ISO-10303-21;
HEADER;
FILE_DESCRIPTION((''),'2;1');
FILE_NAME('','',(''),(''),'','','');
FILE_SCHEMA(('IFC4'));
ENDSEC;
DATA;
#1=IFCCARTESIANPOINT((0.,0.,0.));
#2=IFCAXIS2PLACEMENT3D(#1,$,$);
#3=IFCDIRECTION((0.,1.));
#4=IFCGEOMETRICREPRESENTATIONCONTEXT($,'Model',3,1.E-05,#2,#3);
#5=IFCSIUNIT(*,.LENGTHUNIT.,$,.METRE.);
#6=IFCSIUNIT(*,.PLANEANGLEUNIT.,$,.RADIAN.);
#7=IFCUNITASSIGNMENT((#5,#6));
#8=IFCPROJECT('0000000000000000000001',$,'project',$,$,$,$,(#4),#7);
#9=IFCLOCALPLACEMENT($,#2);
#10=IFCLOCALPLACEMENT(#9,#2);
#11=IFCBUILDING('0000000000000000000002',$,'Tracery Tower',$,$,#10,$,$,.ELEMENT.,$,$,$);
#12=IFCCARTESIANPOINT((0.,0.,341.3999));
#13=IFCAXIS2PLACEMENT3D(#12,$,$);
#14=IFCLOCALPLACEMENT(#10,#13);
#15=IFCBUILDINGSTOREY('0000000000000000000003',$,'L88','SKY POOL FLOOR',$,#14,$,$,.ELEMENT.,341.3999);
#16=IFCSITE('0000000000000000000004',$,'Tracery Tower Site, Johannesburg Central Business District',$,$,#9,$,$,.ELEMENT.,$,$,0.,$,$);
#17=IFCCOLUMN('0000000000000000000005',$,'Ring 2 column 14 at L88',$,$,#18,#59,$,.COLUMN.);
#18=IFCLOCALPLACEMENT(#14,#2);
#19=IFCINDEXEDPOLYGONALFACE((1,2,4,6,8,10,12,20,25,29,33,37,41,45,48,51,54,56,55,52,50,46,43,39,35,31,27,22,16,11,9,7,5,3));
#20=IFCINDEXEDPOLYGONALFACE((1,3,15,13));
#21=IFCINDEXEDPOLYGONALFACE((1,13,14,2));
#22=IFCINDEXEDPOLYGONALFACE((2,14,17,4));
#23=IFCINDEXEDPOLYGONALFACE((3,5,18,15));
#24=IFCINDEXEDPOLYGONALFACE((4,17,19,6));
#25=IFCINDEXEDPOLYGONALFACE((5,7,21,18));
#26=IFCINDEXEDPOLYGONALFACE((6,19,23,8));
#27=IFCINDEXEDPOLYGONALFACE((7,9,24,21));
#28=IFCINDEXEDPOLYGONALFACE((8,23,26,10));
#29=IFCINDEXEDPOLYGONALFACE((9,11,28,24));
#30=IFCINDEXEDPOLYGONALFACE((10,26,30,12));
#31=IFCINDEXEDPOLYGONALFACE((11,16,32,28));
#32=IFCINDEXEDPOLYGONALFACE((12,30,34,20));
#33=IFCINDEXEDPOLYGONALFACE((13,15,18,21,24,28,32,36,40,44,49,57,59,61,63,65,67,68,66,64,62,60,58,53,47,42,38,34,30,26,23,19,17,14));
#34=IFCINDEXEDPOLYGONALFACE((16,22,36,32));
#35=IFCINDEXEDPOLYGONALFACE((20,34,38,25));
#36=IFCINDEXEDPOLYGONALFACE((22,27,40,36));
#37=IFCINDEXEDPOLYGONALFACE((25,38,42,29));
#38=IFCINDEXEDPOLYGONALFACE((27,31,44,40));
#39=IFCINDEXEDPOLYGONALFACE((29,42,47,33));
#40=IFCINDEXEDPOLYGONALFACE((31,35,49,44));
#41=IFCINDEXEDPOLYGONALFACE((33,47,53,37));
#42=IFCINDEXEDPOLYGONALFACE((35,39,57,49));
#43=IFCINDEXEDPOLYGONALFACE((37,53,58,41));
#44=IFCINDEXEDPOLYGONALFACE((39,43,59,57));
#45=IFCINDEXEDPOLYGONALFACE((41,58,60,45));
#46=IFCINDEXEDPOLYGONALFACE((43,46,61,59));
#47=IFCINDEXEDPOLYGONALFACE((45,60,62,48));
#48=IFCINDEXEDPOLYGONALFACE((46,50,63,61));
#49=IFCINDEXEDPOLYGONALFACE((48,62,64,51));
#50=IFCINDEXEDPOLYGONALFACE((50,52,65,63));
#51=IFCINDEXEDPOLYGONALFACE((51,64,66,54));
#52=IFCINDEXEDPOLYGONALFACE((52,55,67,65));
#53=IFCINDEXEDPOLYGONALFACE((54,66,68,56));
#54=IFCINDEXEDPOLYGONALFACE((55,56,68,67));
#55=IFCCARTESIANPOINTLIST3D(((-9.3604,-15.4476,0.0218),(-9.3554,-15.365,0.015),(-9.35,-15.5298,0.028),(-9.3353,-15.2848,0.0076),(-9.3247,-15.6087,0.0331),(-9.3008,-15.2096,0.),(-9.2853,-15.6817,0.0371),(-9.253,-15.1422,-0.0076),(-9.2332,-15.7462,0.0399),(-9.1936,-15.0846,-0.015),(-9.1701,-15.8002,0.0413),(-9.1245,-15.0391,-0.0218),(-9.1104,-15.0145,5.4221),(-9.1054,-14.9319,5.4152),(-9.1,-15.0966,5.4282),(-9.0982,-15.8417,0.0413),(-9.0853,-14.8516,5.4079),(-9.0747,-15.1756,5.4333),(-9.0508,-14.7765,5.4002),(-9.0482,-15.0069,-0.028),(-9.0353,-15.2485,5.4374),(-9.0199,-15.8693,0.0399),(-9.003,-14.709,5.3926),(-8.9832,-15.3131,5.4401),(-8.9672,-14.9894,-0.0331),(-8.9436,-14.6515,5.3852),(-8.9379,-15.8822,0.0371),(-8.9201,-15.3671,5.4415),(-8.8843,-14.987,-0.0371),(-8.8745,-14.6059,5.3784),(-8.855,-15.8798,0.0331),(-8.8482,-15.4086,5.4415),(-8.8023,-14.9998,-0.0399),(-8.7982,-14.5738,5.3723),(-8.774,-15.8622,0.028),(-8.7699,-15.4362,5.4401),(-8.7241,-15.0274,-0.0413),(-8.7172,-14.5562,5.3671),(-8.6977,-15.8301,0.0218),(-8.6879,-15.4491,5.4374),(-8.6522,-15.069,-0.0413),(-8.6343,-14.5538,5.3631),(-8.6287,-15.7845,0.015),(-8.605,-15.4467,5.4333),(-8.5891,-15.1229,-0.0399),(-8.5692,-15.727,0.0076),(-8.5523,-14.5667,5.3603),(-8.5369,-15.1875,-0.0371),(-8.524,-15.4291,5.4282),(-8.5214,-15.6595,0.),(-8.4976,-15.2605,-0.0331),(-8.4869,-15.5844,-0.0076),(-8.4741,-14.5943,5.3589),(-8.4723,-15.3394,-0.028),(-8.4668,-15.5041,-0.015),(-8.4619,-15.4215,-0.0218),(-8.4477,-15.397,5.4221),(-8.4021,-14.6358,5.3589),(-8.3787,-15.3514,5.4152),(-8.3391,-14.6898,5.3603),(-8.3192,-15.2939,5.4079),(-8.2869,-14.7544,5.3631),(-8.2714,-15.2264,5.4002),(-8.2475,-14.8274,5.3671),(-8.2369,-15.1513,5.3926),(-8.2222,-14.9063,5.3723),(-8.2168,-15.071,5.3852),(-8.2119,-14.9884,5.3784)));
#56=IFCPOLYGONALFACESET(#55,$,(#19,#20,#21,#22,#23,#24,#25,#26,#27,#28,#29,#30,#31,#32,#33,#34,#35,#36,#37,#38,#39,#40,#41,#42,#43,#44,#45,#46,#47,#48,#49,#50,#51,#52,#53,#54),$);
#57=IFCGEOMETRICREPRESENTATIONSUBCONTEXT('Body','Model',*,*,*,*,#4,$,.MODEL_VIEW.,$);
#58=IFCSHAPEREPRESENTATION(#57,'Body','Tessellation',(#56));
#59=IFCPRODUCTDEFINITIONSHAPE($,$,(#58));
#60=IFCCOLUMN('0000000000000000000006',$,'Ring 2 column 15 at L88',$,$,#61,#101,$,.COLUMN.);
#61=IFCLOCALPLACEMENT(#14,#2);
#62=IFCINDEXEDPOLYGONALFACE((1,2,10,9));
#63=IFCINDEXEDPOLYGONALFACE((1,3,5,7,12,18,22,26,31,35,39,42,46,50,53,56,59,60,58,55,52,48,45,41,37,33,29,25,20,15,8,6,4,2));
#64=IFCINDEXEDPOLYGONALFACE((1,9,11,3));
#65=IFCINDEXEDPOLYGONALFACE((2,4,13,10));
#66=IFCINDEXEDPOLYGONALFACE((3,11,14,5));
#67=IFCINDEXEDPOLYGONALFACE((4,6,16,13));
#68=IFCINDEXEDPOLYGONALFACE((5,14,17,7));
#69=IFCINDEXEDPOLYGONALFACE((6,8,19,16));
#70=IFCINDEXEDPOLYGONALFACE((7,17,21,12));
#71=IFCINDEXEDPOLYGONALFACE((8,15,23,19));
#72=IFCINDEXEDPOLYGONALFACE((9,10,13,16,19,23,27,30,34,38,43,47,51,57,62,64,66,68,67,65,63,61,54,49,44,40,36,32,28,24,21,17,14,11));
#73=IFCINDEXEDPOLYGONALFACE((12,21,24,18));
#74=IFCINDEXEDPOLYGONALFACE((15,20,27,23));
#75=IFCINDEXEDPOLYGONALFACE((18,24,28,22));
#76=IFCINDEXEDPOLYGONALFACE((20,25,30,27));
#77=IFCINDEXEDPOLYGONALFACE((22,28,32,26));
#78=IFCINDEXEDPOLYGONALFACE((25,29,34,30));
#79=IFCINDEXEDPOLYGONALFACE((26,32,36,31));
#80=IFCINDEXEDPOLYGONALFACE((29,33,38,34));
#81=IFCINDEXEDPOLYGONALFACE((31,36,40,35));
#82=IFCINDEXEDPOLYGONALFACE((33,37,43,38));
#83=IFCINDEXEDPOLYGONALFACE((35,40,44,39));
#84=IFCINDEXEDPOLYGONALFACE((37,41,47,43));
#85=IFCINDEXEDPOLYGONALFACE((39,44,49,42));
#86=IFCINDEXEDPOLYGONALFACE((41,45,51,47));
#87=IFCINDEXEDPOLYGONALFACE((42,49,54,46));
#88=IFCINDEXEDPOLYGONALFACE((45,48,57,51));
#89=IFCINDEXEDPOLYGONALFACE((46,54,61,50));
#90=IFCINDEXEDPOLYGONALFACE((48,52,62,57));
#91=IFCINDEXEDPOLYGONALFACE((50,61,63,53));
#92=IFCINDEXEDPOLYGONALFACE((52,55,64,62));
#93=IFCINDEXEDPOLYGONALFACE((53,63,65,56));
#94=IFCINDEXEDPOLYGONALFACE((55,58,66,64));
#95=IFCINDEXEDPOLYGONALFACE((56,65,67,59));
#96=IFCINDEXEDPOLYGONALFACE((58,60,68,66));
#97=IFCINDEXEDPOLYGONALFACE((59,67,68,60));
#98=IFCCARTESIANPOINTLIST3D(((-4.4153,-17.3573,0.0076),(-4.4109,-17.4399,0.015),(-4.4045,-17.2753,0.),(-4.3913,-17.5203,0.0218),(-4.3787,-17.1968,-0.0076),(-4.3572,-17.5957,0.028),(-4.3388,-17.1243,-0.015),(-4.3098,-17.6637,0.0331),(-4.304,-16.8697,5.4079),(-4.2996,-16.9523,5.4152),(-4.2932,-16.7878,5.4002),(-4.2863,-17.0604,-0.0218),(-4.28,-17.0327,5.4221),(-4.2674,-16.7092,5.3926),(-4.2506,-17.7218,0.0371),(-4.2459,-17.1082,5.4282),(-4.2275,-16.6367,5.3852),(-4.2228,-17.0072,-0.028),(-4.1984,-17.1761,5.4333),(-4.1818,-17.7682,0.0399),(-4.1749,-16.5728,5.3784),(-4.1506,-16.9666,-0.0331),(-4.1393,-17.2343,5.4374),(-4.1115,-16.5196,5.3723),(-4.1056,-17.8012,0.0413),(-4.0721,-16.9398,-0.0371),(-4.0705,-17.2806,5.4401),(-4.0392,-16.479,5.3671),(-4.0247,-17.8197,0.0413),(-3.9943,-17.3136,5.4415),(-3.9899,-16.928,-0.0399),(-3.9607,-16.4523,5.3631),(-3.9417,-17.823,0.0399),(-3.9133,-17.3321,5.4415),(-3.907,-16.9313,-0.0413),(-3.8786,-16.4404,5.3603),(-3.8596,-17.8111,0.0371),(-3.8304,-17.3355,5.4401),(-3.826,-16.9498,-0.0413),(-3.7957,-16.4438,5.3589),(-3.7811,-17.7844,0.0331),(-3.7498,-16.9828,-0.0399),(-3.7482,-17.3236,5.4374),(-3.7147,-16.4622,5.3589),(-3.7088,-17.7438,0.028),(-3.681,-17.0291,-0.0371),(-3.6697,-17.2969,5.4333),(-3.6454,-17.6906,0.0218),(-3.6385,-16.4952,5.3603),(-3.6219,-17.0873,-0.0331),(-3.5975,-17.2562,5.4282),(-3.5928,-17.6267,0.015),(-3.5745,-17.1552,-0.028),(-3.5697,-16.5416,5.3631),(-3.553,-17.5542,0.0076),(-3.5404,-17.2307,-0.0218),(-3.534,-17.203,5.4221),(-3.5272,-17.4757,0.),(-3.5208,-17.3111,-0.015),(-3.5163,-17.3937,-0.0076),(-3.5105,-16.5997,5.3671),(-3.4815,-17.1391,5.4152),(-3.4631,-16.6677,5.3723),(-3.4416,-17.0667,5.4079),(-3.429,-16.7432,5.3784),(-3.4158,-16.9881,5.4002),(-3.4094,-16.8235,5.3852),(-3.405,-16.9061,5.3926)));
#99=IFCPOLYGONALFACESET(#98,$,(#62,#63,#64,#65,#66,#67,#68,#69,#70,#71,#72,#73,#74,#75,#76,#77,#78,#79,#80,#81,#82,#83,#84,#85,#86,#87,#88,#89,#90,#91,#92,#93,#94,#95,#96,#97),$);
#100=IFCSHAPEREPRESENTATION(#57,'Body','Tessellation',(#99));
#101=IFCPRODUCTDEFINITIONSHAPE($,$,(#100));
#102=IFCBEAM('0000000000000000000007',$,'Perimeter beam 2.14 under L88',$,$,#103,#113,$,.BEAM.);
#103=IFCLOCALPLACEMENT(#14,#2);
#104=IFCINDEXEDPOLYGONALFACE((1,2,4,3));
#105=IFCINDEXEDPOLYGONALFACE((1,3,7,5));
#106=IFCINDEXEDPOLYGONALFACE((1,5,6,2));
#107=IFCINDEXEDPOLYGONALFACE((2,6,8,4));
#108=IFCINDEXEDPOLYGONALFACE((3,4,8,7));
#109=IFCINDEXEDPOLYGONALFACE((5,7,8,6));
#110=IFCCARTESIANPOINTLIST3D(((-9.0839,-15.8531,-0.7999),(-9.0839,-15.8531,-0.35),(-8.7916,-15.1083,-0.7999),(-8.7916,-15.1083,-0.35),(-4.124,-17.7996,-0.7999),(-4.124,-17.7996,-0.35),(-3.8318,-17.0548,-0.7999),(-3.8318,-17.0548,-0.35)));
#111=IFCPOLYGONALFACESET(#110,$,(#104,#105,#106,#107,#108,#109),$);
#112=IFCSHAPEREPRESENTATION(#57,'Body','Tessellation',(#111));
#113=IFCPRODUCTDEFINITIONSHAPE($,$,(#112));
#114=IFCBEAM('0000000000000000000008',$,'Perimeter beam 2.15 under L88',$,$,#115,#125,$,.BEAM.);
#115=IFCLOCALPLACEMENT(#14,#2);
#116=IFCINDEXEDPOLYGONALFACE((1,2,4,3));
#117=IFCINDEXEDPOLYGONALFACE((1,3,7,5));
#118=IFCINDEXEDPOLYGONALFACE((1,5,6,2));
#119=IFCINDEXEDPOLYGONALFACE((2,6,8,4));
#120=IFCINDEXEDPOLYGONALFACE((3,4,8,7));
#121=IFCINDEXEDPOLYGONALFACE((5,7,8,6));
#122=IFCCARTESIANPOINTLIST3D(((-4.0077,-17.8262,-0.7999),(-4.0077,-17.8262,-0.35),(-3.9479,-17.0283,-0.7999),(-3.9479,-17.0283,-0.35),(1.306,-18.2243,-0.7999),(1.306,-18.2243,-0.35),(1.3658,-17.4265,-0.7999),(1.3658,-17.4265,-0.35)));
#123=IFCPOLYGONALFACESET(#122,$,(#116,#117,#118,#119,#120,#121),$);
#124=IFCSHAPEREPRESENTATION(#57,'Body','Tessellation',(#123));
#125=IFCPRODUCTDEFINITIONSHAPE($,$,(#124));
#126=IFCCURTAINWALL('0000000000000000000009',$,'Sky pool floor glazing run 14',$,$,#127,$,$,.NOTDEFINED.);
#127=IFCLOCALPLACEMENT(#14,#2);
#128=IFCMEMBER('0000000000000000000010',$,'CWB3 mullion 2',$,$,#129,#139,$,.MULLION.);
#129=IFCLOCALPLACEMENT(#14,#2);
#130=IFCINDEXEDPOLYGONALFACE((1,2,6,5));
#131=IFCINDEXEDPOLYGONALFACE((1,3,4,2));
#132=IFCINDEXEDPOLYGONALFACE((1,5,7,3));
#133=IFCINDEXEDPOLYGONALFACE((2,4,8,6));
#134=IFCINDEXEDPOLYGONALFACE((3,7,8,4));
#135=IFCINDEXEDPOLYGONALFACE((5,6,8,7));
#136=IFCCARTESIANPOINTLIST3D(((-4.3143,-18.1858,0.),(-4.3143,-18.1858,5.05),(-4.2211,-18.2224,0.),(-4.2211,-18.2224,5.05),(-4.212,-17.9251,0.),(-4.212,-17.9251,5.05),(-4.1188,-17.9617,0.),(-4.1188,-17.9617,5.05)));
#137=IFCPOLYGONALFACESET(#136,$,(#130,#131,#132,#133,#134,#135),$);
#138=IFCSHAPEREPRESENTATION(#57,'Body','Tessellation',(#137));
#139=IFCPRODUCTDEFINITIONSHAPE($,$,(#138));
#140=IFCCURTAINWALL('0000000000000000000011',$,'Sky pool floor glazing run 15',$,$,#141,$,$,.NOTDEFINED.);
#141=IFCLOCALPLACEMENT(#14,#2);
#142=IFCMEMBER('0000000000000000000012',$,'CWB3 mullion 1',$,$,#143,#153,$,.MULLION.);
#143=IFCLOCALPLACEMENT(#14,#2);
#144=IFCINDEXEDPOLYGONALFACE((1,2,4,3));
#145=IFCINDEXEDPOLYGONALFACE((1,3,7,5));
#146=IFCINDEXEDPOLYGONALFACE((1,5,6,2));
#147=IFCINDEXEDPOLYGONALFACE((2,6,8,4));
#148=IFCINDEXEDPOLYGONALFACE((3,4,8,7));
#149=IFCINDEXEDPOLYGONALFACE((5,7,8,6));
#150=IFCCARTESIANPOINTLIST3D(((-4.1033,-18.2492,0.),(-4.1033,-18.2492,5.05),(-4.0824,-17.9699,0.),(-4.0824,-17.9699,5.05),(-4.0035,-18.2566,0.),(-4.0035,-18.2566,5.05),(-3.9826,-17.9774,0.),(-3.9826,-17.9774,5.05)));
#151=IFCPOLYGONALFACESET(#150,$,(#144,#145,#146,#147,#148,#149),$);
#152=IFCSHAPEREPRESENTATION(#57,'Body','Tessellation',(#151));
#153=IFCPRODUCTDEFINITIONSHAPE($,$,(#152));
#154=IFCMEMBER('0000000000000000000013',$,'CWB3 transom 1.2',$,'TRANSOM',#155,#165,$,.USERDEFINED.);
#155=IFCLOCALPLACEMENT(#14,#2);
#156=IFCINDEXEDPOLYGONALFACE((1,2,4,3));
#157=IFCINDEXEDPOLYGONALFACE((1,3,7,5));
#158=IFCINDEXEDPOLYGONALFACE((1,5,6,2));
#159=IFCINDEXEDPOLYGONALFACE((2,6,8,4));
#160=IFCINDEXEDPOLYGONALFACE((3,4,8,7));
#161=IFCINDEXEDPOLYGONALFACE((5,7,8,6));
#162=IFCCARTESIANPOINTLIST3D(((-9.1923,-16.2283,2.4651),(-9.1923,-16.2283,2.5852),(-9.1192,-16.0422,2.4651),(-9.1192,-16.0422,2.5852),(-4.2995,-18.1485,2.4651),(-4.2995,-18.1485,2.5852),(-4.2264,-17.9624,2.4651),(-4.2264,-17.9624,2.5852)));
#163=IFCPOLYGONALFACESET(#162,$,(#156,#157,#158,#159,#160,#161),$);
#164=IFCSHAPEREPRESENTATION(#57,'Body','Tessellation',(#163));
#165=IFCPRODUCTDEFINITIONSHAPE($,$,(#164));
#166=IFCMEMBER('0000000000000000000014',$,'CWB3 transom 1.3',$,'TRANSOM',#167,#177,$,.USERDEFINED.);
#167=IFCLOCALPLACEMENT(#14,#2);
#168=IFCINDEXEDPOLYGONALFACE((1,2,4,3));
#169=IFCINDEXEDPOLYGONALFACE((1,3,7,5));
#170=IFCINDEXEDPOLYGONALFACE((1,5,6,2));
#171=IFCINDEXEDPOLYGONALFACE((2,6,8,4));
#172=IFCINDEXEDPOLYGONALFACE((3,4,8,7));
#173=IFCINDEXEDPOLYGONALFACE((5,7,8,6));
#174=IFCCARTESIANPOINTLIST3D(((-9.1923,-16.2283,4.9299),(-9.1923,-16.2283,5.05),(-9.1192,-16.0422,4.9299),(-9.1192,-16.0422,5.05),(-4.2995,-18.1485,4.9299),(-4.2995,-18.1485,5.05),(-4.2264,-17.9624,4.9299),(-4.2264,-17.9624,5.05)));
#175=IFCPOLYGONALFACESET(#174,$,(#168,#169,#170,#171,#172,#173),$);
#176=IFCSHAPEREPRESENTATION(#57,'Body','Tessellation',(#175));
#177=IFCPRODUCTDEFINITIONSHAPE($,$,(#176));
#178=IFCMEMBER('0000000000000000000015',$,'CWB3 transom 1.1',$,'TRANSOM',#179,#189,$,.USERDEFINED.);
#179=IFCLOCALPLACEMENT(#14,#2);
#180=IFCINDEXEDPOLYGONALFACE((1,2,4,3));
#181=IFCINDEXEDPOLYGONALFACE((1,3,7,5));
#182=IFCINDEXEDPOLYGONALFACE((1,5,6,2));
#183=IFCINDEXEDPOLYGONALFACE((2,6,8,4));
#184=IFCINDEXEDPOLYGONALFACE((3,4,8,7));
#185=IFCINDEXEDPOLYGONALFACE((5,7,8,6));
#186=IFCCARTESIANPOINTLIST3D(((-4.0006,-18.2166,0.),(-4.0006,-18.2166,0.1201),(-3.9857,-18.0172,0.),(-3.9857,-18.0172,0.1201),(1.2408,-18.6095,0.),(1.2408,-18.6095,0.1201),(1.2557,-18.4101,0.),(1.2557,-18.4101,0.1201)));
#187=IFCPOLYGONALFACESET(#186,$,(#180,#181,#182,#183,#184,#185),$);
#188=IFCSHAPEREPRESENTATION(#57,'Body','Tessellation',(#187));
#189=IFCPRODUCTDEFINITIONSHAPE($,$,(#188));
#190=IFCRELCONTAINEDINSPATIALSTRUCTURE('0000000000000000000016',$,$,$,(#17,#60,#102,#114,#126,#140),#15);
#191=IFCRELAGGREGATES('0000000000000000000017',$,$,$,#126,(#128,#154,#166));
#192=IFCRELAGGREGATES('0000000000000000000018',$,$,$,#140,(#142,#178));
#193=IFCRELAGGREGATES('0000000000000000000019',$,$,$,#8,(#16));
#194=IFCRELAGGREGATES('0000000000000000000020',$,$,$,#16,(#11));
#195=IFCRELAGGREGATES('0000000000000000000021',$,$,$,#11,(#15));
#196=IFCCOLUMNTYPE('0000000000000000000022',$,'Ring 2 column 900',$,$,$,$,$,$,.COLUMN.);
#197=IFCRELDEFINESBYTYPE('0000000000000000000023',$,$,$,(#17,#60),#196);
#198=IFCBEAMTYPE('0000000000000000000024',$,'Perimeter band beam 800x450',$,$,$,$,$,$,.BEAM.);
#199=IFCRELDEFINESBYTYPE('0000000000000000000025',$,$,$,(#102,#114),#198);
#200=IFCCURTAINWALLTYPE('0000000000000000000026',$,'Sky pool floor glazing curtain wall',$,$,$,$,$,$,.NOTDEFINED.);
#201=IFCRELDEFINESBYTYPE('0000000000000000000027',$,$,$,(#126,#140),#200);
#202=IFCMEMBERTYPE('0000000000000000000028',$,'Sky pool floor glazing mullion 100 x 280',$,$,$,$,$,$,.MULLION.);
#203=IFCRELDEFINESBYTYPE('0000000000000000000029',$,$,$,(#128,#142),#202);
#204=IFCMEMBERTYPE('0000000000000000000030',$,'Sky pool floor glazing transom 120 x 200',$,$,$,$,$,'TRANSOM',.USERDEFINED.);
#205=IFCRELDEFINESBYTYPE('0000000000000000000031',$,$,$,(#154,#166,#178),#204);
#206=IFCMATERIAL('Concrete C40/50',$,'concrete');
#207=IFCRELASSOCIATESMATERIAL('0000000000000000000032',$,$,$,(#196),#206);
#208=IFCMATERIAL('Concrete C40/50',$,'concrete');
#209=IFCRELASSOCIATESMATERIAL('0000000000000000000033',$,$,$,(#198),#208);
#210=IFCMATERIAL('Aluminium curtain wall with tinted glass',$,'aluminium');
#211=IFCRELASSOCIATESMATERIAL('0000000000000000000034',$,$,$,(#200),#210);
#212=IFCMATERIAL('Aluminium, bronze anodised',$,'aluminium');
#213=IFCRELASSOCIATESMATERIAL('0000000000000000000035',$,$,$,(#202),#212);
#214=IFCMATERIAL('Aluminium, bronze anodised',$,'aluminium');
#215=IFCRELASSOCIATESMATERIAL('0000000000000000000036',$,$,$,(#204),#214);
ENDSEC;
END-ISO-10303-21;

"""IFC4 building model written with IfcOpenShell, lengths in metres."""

from ifc_helpers import new_model, si_unit, direction, frame, origin, origin_2d, place, context, subcontext, project, spatial, rectangle, circle, extrude, material, material_profile, profile_set, type_object, element, aggregate, save


model = new_model("IFC4")

# Units and contexts
model_context = context("Model", 3, precision=1e-05, world=origin(), true_north=direction((0.0, 1.0)))
body_context = subcontext(model_context, "Body", "Model", "MODEL_VIEW")
ifc_project = project(units=[si_unit("LENGTHUNIT", "METRE"), si_unit("PLANEANGLEUNIT", "RADIAN")], contexts=[model_context])

# Site, building, storey
site_placement = place(None, origin())
site = spatial("IfcSite", under=ifc_project, at=site_placement, Name="Tracery Tower Site, Johannesburg Central Business District", CompositionType="ELEMENT", RefElevation=0.0)
building_placement = place(site_placement, origin())
building = spatial("IfcBuilding", under=site, at=building_placement, Name="Tracery Tower", CompositionType="ELEMENT")
storey_placement = place(building_placement, frame((0.0, 0.0, 341.3999)))
storey = spatial("IfcBuildingStorey", under=building, at=storey_placement, Name="L88", Description="SKY POOL FLOOR", CompositionType="ELEMENT", Elevation=341.3999)

# Columns
ifc_material_1 = material(Name="Concrete C40/50", Category="concrete")
ifc_material_profile_1 = material_profile(ifc_material_1, circle(Radius=0.45, at=origin_2d()), Name="RC D900")
ifc_profile_set_1 = profile_set([ifc_material_profile_1], Name="Concrete C40/50")
column_type = type_object("IfcColumnType", Name="Ring 2 column 900", PredefinedType="COLUMN", material=ifc_profile_set_1)
for number, where, z_axis, x_axis, name in (
    (1, (-8.9111, -15.4346, 0.0), (0.046098, 0.079861, 0.99574), (-0.866072, 0.49992, 0.0), "Ring 2 column 14 at L88"),
    (2, (-3.9658, -17.3755, 0.0), (0.020528, 0.0899, 0.995739), (-0.974907, 0.222613, 0.0), "Ring 2 column 15 at L88"),
):
    element("IfcColumn", number, at=place(storey_placement, frame(where, z_axis=z_axis, x_axis=x_axis)), inside=storey, type_object=column_type, Name=name, PredefinedType="COLUMN", context=body_context, shape_type="SweptSolid", body=[
        extrude(circle(Radius=0.45, at=origin_2d()), origin(), (0.0, 0.0, 1.0), 5.4233),
    ])

# Beams
ifc_material_2 = material(Name="Concrete C40/50", Category="concrete")
ifc_material_profile_2 = material_profile(ifc_material_2, rectangle(XDim=0.8, YDim=0.45, at=origin_2d()), Name="RC 800x450")
ifc_profile_set_2 = profile_set([ifc_material_profile_2], Name="Concrete C40/50")
beam_type = type_object("IfcBeamType", Name="Perimeter band beam 800x450", PredefinedType="BEAM", material=ifc_profile_set_2)
beam_1_placement = place(storey_placement, frame((-8.9377, -15.4807, -0.575), z_axis=(0.930881, -0.365323, 0.0), x_axis=(0.365323, 0.930881, 0.0)))
element("IfcBeam", 3, at=beam_1_placement, inside=storey, type_object=beam_type, Name="Perimeter beam 2.14 under L88", PredefinedType="BEAM", context=body_context, shape_type="SweptSolid", body=[
    extrude(rectangle(XDim=0.8, YDim=0.45, at=origin_2d()), origin(), (0.0, 0.0, 1.0), 5.3281),
])
beam_2_placement = place(storey_placement, frame((-3.9778, -17.4272, -0.575), z_axis=(0.997204, -0.074727, 0.0), x_axis=(0.074727, 0.997204, 0.0)))
element("IfcBeam", 4, at=beam_2_placement, inside=storey, type_object=beam_type, Name="Perimeter beam 2.15 under L88", PredefinedType="BEAM", context=body_context, shape_type="SweptSolid", body=[
    extrude(rectangle(XDim=0.8, YDim=0.45, at=origin_2d()), origin(), (0.0, 0.0, 1.0), 5.3286),
])

# Curtain walls, members
ifc_material_3 = material(Name="Aluminium curtain wall with tinted glass", Category="aluminium")
curtain_wall_type = type_object("IfcCurtainWallType", Name="Sky pool floor glazing curtain wall", PredefinedType="NOTDEFINED", material=ifc_material_3)
curtain_wall_1_placement = place(storey_placement, origin())
curtain_wall_1 = element("IfcCurtainWall", 5, at=curtain_wall_1_placement, inside=storey, type_object=curtain_wall_type, Name="Sky pool floor glazing run 14", PredefinedType="NOTDEFINED")
ifc_material_4 = material(Name="Aluminium, bronze anodised", Category="aluminium")
ifc_material_profile_3 = material_profile(ifc_material_4, rectangle(XDim=0.28, YDim=0.1001, at=origin_2d()), Name="Sky pool floor glazing mullion 100 x 280")
ifc_profile_set_3 = profile_set([ifc_material_profile_3], Name="Aluminium, bronze anodised")
member_type_1 = type_object("IfcMemberType", Name="Sky pool floor glazing mullion 100 x 280", PredefinedType="MULLION", material=ifc_profile_set_3)
member_1_placement = place(storey_placement, frame((-4.2166, -18.0737, 0.0), z_axis=(0.0, 0.0, 1.0), x_axis=(0.365331, 0.930878, 0.0)))
member_1 = element("IfcMember", 6, at=member_1_placement, type_object=member_type_1, Name="CWB3 mullion 2", PredefinedType="MULLION", context=body_context, shape_type="SweptSolid", body=[
    extrude(rectangle(XDim=0.28, YDim=0.1001, at=origin_2d()), origin(), (0.0, 0.0, 1.0), 5.05),
])
curtain_wall_2_placement = place(storey_placement, origin())
curtain_wall_2 = element("IfcCurtainWall", 7, at=curtain_wall_2_placement, inside=storey, type_object=curtain_wall_type, Name="Sky pool floor glazing run 15", PredefinedType="NOTDEFINED")
member_2_placement = place(storey_placement, frame((-4.043, -18.1133, 0.0), z_axis=(0.0, 0.0, 1.0), x_axis=(0.074743, 0.997203, 0.0)))
member_2 = element("IfcMember", 8, at=member_2_placement, type_object=member_type_1, Name="CWB3 mullion 1", PredefinedType="MULLION", context=body_context, shape_type="SweptSolid", body=[
    extrude(rectangle(XDim=0.28, YDim=0.1001, at=origin_2d()), origin(), (0.0, 0.0, 1.0), 5.05),
])

# Members
ifc_material_5 = material(Name="Aluminium, bronze anodised", Category="aluminium")
ifc_material_profile_4 = material_profile(ifc_material_5, rectangle(XDim=0.2, YDim=0.1201, at=origin_2d()), Name="Sky pool floor glazing transom 120 x 200")
ifc_profile_set_4 = profile_set([ifc_material_profile_4], Name="Aluminium, bronze anodised")
member_type_2 = type_object("IfcMemberType", Name="Sky pool floor glazing transom 120 x 200", ElementType="TRANSOM", PredefinedType="USERDEFINED", material=ifc_profile_set_4)
member_3_placement = place(storey_placement, frame((-9.1558, -16.1353, 2.5251), z_axis=(0.930882, -0.36532, 0.0), x_axis=(0.36532, 0.930882, 0.0)))
member_3 = element("IfcMember", 9, at=member_3_placement, type_object=member_type_2, Name="CWB3 transom 1.2", ObjectType="TRANSOM", PredefinedType="USERDEFINED", context=body_context, shape_type="SweptSolid", body=[
    extrude(rectangle(XDim=0.2, YDim=0.1201, at=origin_2d()), origin(), (0.0, 0.0, 1.0), 5.2561),
])
member_4_placement = place(storey_placement, frame((-9.1558, -16.1353, 4.99), z_axis=(0.930882, -0.36532, 0.0), x_axis=(0.36532, 0.930882, 0.0)))
member_4 = element("IfcMember", 10, at=member_4_placement, type_object=member_type_2, Name="CWB3 transom 1.3", ObjectType="TRANSOM", PredefinedType="USERDEFINED", context=body_context, shape_type="SweptSolid", body=[
    extrude(rectangle(XDim=0.2, YDim=0.1201, at=origin_2d()), origin(), (0.0, 0.0, 1.0), 5.2561),
])
member_5_placement = place(storey_placement, frame((-3.9932, -18.1169, 0.0601), z_axis=(0.997203, -0.074736, 0.0), x_axis=(0.074736, 0.997203, 0.0)))
member_5 = element("IfcMember", 11, at=member_5_placement, type_object=member_type_2, Name="CWB3 transom 1.1", ObjectType="TRANSOM", PredefinedType="USERDEFINED", context=body_context, shape_type="SweptSolid", body=[
    extrude(rectangle(XDim=0.2, YDim=0.1201, at=origin_2d()), origin(), (0.0, 0.0, 1.0), 5.2561),
])

aggregate(curtain_wall_1, [member_1, member_3, member_4])
aggregate(curtain_wall_2, [member_2, member_5])

save(model, "model.ifc")
